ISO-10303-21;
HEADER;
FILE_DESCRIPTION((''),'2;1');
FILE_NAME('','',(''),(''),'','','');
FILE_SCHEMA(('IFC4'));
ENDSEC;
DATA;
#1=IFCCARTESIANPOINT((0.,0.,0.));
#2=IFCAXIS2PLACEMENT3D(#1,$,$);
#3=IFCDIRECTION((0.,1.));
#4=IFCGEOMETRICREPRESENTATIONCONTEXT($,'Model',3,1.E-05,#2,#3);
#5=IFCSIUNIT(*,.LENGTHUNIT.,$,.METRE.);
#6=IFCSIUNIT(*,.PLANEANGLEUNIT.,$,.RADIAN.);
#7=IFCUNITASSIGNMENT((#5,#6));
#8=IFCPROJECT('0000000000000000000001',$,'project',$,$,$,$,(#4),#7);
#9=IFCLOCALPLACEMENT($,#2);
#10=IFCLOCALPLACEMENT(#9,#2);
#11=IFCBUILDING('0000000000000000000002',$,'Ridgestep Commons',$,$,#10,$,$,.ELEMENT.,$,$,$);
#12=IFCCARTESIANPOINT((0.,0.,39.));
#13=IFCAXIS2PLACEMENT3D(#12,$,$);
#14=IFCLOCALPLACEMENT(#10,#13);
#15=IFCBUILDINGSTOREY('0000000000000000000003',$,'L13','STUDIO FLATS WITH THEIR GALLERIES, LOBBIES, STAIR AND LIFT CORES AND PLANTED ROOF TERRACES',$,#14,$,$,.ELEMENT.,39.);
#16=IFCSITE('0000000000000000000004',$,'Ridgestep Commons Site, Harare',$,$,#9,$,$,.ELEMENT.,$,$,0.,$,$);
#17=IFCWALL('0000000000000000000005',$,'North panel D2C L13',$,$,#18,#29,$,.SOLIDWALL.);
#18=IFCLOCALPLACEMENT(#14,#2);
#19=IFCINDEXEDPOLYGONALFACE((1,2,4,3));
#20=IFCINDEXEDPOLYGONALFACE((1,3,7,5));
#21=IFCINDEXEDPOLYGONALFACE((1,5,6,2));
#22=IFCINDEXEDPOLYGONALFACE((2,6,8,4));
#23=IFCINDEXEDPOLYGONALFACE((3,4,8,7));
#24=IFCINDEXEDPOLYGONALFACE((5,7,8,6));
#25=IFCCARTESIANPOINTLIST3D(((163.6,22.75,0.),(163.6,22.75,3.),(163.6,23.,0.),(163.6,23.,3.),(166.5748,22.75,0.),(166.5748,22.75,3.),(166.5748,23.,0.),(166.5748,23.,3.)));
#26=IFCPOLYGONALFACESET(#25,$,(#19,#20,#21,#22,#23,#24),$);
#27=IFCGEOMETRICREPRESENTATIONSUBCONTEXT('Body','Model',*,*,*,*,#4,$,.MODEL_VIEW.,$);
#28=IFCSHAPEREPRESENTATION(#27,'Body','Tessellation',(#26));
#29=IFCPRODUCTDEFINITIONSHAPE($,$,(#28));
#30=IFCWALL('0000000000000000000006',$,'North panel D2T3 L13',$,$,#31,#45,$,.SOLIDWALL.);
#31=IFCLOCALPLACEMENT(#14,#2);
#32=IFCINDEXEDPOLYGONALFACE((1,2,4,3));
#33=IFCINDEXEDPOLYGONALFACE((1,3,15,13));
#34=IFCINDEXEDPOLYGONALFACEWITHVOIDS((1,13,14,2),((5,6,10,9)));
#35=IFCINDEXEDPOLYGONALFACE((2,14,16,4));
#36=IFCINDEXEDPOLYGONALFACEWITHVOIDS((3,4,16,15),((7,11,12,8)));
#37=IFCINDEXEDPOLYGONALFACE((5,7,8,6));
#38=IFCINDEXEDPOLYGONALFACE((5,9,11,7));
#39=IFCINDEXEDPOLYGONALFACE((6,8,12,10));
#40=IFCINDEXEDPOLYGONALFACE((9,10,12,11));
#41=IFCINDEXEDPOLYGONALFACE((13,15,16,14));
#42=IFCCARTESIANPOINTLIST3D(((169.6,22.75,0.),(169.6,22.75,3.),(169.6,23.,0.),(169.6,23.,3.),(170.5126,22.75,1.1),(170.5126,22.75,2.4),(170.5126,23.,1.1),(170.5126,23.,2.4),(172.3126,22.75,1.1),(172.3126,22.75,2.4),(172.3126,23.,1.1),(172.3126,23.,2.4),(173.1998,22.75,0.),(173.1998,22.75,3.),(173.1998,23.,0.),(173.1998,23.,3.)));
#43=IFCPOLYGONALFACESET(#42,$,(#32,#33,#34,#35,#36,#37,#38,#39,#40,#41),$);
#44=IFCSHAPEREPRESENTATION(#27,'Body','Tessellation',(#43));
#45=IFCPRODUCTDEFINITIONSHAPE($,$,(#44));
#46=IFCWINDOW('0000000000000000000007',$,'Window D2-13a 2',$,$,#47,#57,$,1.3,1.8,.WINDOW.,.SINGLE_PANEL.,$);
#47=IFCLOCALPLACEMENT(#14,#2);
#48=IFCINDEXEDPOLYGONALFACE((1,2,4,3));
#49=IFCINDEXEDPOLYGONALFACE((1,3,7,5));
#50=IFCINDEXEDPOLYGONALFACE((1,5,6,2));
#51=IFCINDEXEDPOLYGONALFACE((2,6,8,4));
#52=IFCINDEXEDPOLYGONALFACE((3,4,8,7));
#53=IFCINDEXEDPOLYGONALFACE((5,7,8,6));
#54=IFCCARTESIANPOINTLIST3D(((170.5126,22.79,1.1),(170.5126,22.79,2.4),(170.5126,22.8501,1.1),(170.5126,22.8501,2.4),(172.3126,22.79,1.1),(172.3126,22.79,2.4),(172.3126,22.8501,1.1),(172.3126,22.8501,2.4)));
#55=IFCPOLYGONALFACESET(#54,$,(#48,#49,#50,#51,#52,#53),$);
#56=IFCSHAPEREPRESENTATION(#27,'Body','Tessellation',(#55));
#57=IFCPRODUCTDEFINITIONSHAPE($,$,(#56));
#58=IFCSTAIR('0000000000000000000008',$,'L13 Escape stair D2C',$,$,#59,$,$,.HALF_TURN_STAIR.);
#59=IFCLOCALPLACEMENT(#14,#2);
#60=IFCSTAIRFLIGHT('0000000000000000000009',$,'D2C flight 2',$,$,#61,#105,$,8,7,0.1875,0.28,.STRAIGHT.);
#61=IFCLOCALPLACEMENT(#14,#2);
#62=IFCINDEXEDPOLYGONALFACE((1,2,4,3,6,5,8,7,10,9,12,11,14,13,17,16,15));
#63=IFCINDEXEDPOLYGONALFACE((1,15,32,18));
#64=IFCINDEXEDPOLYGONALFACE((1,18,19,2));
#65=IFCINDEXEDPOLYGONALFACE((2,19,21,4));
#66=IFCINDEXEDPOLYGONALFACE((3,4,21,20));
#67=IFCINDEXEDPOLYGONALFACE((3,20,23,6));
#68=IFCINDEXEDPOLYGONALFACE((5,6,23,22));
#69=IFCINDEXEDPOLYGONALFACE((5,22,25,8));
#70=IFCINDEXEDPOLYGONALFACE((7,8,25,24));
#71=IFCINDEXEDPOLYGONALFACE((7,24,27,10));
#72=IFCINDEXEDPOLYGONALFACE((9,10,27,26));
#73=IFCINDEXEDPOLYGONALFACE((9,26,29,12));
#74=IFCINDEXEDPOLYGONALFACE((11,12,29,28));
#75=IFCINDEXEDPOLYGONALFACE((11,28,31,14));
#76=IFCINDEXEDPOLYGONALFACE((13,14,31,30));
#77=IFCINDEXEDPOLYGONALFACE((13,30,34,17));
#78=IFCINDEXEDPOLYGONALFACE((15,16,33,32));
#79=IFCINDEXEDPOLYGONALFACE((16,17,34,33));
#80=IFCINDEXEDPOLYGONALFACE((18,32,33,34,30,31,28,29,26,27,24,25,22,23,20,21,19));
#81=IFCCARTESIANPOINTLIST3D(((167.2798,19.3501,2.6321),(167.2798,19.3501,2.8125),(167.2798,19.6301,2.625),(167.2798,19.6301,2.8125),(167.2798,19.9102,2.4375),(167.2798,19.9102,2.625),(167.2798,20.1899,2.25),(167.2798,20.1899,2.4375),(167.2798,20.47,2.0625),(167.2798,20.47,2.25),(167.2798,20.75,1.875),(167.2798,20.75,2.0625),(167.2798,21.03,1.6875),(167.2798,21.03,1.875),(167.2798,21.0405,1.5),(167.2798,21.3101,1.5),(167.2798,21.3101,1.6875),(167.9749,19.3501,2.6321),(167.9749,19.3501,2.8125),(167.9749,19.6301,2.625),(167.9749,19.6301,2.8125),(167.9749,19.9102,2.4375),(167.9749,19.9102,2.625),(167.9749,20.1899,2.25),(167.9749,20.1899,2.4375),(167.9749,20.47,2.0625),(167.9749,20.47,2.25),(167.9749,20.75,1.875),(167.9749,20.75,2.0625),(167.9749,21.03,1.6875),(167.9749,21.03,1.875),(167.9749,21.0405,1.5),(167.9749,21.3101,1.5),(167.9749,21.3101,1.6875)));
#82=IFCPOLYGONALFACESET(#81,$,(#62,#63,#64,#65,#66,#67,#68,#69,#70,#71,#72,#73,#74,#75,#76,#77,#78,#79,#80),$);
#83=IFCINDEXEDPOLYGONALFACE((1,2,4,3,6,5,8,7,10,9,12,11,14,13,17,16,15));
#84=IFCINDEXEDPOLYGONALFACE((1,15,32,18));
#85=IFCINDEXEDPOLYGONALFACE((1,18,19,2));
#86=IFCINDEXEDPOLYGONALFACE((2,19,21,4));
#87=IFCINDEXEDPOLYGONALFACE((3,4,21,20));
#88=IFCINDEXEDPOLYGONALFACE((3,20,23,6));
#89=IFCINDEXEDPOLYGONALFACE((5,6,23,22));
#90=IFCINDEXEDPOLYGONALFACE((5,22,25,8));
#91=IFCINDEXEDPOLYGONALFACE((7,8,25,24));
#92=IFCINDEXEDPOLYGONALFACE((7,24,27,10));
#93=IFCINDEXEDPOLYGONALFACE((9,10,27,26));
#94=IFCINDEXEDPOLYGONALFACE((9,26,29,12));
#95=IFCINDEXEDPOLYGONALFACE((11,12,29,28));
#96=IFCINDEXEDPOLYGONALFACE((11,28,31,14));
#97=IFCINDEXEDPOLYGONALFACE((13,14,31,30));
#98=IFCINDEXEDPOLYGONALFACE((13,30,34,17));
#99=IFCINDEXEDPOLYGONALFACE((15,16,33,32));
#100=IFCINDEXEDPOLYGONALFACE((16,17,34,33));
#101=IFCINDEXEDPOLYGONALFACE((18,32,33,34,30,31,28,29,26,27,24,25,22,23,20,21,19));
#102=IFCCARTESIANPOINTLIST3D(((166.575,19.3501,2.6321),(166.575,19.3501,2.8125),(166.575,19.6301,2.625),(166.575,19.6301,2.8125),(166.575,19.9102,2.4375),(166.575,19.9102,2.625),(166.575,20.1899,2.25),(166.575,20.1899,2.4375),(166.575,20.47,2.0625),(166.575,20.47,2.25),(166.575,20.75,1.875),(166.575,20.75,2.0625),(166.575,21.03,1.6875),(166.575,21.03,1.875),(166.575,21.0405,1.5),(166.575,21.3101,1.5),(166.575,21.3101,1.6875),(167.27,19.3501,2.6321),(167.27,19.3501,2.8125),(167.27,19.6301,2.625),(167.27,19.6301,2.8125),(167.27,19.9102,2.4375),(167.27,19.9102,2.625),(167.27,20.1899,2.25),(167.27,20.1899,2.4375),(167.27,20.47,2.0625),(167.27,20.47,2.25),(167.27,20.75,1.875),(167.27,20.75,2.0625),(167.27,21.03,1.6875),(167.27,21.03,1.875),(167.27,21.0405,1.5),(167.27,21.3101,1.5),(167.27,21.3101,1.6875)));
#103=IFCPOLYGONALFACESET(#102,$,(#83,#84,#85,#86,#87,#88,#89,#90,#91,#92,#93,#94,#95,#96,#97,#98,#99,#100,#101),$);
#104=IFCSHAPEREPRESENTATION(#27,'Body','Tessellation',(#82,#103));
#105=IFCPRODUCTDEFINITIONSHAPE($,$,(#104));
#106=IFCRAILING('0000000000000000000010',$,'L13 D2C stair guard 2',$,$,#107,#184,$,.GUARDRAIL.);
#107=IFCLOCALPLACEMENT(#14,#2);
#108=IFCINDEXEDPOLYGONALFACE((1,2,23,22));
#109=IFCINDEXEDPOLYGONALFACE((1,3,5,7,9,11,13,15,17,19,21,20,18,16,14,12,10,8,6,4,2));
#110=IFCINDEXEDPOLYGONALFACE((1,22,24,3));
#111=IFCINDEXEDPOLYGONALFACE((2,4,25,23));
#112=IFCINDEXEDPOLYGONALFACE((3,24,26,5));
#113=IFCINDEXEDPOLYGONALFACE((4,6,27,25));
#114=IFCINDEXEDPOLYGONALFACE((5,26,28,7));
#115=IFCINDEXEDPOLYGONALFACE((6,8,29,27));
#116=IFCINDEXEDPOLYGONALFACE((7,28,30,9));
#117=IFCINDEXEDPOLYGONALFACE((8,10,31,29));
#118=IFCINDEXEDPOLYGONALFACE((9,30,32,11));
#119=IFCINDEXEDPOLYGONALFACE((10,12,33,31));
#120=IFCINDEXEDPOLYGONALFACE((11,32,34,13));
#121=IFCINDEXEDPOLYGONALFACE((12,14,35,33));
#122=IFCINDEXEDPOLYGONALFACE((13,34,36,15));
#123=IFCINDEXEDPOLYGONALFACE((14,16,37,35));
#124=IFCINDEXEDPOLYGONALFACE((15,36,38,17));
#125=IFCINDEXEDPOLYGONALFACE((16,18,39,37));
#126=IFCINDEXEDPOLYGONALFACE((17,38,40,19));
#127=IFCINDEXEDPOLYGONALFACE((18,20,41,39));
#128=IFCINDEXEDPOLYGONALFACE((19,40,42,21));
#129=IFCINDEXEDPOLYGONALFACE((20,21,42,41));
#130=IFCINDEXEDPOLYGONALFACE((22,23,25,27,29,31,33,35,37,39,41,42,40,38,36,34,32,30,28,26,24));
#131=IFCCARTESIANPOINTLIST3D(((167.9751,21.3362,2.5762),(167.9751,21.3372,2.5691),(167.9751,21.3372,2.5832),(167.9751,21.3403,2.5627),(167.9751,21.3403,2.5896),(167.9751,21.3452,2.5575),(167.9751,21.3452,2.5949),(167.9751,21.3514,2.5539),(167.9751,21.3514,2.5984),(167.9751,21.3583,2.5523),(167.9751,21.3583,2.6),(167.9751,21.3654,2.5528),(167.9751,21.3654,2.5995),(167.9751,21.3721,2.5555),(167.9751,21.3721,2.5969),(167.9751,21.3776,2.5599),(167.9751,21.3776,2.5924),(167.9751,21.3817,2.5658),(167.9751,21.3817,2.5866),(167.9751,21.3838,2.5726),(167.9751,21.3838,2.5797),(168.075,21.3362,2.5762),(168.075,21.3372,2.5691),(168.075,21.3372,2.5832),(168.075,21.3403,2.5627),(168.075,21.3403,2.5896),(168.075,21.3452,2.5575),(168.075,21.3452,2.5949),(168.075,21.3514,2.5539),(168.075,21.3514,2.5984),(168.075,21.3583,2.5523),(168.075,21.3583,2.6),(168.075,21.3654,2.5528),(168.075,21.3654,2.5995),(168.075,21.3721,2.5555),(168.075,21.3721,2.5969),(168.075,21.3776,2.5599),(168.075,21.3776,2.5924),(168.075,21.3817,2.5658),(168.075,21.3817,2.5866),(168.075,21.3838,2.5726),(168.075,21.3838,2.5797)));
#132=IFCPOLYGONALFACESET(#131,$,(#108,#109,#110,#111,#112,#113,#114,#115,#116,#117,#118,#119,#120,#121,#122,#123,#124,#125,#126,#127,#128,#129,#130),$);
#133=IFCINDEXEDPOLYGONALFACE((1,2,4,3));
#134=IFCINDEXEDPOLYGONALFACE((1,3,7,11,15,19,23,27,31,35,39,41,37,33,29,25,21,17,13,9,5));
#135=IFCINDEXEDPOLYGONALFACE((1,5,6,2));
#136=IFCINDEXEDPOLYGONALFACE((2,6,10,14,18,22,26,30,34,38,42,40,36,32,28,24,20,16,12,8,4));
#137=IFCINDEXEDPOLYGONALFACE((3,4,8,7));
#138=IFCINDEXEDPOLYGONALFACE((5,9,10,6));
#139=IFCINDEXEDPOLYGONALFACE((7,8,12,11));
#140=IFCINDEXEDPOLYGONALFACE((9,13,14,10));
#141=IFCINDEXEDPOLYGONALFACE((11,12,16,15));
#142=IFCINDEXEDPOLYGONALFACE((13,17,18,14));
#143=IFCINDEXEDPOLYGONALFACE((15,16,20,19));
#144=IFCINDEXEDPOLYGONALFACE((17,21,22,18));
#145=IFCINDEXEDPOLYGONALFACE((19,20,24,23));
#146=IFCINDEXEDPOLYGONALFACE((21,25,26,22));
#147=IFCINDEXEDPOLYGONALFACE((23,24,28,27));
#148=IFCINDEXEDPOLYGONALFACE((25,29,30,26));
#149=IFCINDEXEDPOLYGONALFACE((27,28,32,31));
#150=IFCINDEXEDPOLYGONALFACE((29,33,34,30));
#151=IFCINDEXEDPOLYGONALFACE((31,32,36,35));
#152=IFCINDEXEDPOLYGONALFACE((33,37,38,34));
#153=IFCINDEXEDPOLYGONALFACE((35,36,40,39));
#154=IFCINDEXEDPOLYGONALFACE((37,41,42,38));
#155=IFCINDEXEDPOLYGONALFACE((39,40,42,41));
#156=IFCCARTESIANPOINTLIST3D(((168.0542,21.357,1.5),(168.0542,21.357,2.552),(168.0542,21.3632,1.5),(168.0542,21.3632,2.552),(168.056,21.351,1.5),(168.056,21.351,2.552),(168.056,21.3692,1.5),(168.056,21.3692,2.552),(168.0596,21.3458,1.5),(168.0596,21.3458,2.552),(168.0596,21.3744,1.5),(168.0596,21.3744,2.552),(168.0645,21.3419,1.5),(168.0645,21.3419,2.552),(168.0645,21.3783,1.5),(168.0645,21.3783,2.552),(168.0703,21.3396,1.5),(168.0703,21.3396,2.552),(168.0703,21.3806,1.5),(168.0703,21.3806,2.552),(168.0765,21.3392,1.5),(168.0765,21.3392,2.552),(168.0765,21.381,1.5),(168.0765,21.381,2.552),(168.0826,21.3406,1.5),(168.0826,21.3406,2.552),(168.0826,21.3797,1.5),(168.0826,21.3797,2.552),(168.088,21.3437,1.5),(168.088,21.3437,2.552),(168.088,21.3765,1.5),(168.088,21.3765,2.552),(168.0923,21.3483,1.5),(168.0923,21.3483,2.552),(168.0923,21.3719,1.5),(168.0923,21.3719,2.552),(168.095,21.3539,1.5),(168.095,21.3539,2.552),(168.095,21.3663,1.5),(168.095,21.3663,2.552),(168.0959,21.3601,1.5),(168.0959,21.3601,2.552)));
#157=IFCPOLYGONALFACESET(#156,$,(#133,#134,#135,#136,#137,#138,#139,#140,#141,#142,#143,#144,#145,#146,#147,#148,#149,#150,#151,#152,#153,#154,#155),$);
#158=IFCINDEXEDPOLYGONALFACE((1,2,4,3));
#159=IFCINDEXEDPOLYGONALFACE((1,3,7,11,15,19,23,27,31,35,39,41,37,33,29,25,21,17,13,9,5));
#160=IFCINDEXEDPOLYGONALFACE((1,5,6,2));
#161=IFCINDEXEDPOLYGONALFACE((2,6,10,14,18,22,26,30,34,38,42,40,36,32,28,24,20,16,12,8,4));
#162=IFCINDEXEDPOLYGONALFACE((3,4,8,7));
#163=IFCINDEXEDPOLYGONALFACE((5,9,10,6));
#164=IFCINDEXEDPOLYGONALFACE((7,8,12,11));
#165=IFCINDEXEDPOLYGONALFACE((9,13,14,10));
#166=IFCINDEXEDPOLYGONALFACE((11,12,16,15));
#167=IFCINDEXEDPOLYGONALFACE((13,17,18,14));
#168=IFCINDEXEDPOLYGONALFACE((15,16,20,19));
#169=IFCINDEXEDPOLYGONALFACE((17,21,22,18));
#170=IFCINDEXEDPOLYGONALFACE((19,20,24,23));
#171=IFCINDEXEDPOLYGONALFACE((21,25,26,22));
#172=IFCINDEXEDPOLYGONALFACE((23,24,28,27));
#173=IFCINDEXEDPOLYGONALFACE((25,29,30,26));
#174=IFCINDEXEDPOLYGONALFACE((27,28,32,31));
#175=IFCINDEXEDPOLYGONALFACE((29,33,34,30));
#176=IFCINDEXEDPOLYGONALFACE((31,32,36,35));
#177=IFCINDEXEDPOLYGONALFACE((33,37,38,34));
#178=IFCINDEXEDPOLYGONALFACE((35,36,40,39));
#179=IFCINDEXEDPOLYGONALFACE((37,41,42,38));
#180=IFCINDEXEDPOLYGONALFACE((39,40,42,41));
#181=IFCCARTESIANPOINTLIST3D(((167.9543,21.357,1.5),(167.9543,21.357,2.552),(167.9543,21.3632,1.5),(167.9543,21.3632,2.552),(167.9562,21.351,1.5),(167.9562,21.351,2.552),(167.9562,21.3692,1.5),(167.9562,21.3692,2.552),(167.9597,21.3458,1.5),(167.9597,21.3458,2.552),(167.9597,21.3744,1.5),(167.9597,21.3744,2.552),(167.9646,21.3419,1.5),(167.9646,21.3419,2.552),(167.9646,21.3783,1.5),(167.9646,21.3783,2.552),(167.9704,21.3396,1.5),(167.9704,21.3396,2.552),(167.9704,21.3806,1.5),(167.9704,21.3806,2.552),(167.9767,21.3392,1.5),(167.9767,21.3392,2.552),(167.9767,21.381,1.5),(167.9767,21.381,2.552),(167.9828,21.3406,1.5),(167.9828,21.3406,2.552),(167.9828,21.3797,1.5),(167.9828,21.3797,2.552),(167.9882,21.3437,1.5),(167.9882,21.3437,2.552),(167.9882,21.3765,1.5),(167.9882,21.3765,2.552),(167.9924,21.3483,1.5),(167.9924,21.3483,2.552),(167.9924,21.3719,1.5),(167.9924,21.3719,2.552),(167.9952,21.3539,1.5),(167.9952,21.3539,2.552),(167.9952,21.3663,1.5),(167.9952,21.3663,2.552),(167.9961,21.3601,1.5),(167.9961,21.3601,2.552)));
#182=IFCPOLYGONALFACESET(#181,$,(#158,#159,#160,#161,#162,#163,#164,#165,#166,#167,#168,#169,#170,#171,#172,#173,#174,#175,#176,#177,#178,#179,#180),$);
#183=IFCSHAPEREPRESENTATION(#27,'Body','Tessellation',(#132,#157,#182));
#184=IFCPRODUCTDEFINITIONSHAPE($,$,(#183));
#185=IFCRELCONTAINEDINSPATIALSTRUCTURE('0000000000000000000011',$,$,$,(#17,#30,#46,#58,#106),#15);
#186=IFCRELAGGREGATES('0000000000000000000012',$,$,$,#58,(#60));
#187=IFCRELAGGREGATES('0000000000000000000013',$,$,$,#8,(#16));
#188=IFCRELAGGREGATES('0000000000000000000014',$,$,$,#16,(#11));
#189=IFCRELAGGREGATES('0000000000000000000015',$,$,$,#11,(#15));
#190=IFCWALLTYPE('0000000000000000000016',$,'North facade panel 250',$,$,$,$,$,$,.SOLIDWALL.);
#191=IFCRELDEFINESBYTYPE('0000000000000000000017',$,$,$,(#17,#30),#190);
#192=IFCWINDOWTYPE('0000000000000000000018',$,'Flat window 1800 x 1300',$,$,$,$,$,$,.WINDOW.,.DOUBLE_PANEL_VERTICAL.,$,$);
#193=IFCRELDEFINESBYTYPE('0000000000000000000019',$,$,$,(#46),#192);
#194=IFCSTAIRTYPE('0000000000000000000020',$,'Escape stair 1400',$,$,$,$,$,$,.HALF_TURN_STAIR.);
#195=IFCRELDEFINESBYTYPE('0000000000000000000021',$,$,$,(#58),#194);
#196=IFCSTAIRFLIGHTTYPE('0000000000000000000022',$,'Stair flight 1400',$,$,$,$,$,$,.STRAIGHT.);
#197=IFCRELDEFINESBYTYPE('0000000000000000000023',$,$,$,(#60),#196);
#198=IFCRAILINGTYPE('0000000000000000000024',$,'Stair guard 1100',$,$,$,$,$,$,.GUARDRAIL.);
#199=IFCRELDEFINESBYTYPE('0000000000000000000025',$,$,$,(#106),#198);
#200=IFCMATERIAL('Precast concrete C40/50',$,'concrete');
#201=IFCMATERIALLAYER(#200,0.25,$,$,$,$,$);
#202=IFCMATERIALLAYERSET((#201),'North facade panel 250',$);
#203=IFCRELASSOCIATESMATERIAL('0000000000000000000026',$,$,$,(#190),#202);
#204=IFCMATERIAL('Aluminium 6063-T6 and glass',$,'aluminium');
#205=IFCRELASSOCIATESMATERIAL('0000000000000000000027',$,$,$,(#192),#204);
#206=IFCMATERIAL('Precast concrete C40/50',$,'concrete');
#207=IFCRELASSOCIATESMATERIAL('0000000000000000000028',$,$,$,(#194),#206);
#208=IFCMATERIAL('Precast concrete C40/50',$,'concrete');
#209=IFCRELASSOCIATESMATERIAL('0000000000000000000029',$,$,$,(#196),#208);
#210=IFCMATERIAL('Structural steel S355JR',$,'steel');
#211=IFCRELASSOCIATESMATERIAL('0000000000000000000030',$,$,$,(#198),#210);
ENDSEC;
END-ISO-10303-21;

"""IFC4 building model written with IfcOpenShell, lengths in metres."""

from ifc_helpers import new_model, si_unit, direction, frame, frame_2d, origin, origin_2d, place, context, subcontext, project, spatial, polyline, rectangle, circle, outline, extrude, material, layer, layer_set, type_object, element, fill, aggregate, save


model = new_model("IFC4")

# Units and contexts
model_context = context("Model", 3, precision=1e-05, world=origin(), true_north=direction((0.0, 1.0)))
body_context = subcontext(model_context, "Body", "Model", "MODEL_VIEW")
ifc_project = project(units=[si_unit("LENGTHUNIT", "METRE"), si_unit("PLANEANGLEUNIT", "RADIAN")], contexts=[model_context])

# Site, building, storey
site_placement = place(None, origin())
site = spatial("IfcSite", under=ifc_project, at=site_placement, Name="Ridgestep Commons Site, Harare", CompositionType="ELEMENT", RefElevation=0.0)
building_placement = place(site_placement, origin())
building = spatial("IfcBuilding", under=site, at=building_placement, Name="Ridgestep Commons", CompositionType="ELEMENT")
storey_placement = place(building_placement, frame((0.0, 0.0, 39.0)))
storey = spatial("IfcBuildingStorey", under=building, at=storey_placement, Name="L13", Description="STUDIO FLATS WITH THEIR GALLERIES, LOBBIES, STAIR AND LIFT CORES AND PLANTED ROOF TERRACES", CompositionType="ELEMENT", Elevation=39.0)

# Wall
ifc_material_1 = material(Name="Precast concrete C40/50", Category="concrete")
ifc_layer_1 = layer(ifc_material_1, 0.25)
ifc_layer_set_1 = layer_set([ifc_layer_1], Name="North facade panel 250")
wall_type_1 = type_object("IfcWallType", Name="North facade panel 250", PredefinedType="SOLIDWALL", material=ifc_layer_set_1)
wall_1_placement = place(storey_placement, frame((163.6001, 22.875, 0.0), z_axis=(0.0, 0.0, 1.0), x_axis=(1.0, 0.0, 0.0)))
element("IfcWall", 1, at=wall_1_placement, inside=storey, type_object=wall_type_1, Name="North panel D2C L13", PredefinedType="SOLIDWALL", context=body_context, shape_type="SweptSolid", body=[
    extrude(rectangle(XDim=2.9749, YDim=0.25, at=frame_2d((1.4873, 0.0))), origin(), (0.0, 0.0, 1.0), 3.0),
])

# Wall, opening, window
wall_2_placement = place(storey_placement, frame((169.6001, 22.875, 0.0), z_axis=(0.0, 0.0, 1.0), x_axis=(1.0, 0.0, 0.0)))
wall_2 = element("IfcWall", 2, at=wall_2_placement, inside=storey, type_object=wall_type_1, Name="North panel D2T3 L13", PredefinedType="SOLIDWALL", context=body_context, shape_type="SweptSolid", body=[
    extrude(rectangle(XDim=3.5999, YDim=0.25, at=frame_2d((1.7998, 0.0))), origin(), (0.0, 0.0, 1.0), 3.0),
])
opening_placement = place(wall_2_placement, frame((0.9126, 0.0, 1.1001)))
opening = element("IfcOpeningElement", 3, at=opening_placement, cuts=wall_2, PredefinedType="OPENING", context=body_context, shape_type="SweptSolid", body=[
    extrude(rectangle(XDim=1.8, YDim=1.3, at=frame_2d((0.8999, 0.6499))), frame((0.0, 0.135, 0.0), z_axis=(0.0, -1.0, 0.0), x_axis=(1.0, 0.0, 0.0)), (0.0, 0.0, 1.0), 0.27),
])
ifc_material_2 = material(Name="Aluminium 6063-T6 and glass", Category="aluminium")
window_type = type_object("IfcWindowType", Name="Flat window 1800 x 1300", PartitioningType="DOUBLE_PANEL_VERTICAL", PredefinedType="WINDOW", material=ifc_material_2)
window_placement = place(opening_placement, origin())
window = element("IfcWindow", 4, at=window_placement, inside=storey, type_object=window_type, Name="Window D2-13a 2", OverallHeight=1.3, OverallWidth=1.8, PartitioningType="SINGLE_PANEL", PredefinedType="WINDOW", context=body_context, shape_type="SweptSolid", body=[
    extrude(rectangle(XDim=1.8, YDim=1.3, at=frame_2d((0.8999, 0.6499))), frame((0.0, -0.0249, 0.0), z_axis=(0.0, -1.0, 0.0), x_axis=(1.0, 0.0, 0.0)), (0.0, 0.0, 1.0), 0.0601),
])
fill(opening, window)

# Stair, stair flight
ifc_material_3 = material(Name="Precast concrete C40/50", Category="concrete")
stair_type = type_object("IfcStairType", Name="Escape stair 1400", PredefinedType="HALF_TURN_STAIR", material=ifc_material_3)
stair_placement = place(storey_placement, origin())
stair = element("IfcStair", 5, at=stair_placement, inside=storey, type_object=stair_type, Name="L13 Escape stair D2C", PredefinedType="HALF_TURN_STAIR")
ifc_material_4 = material(Name="Precast concrete C40/50", Category="concrete")
stair_flight_type = type_object("IfcStairFlightType", Name="Stair flight 1400", PredefinedType="STRAIGHT", material=ifc_material_4)
stair_flight_placement = place(storey_placement, frame((167.2749, 21.3101, 1.5), z_axis=(0.0, 0.0, 1.0), x_axis=(0.0, -1.0, 0.0)))
stair_flight = element("IfcStairFlight", 6, at=stair_flight_placement, type_object=stair_flight_type, Name="D2C flight 2", NumberOfRisers=8, NumberOfTreads=7, PredefinedType="STRAIGHT", RiserHeight=0.1875, TreadLength=0.28, context=body_context, shape_type="SweptSolid", body=[
    extrude(outline(polyline([(0.0, 0.0), (0.0, 0.1875), (0.28, 0.1875), (0.28, 0.375), (0.5601, 0.375), (0.5601, 0.5625), (0.8401, 0.5625), (0.8401, 0.75), (1.1201, 0.75), (1.1201, 0.9375), (1.3999, 0.9375), (1.3999, 1.125), (1.6799, 1.125), (1.6799, 1.3125), (1.96, 1.3125), (1.96, 1.5), (1.96, 1.1321), (0.2695, 0.0), (0.0, 0.0)])), frame((0.0, 0.7, 0.0), z_axis=(0.0, -1.0, 0.0), x_axis=(1.0, 0.0, 0.0)), (0.0, 0.0, 1.0), 0.6951),
    extrude(outline(polyline([(0.0, 0.0), (0.0, 0.1875), (0.28, 0.1875), (0.28, 0.375), (0.5601, 0.375), (0.5601, 0.5625), (0.8401, 0.5625), (0.8401, 0.75), (1.1201, 0.75), (1.1201, 0.9375), (1.3999, 0.9375), (1.3999, 1.125), (1.6799, 1.125), (1.6799, 1.3125), (1.96, 1.3125), (1.96, 1.5), (1.96, 1.1321), (0.2695, 0.0), (0.0, 0.0)])), frame((0.0, -0.0049, 0.0), z_axis=(0.0, -1.0, 0.0), x_axis=(1.0, 0.0, 0.0)), (0.0, 0.0, 1.0), 0.6951),
])
aggregate(stair, [stair_flight])

# Railing
ifc_material_5 = material(Name="Structural steel S355JR", Category="steel")
railing_type_1 = type_object("IfcRailingType", Name="Stair guard 1100", PredefinedType="GUARDRAIL", material=ifc_material_5)
railing_1_placement = place(storey_placement, frame((168.075, 21.3601, 1.5)))
element("IfcRailing", 7, at=railing_1_placement, inside=storey, type_object=railing_type_1, Name="L13 D2C stair guard 2", PredefinedType="GUARDRAIL", context=body_context, shape_type="SweptSolid", body=[
    extrude(circle(Radius=0.0239, at=origin_2d()), frame((0.0, 0.0, 1.0762), z_axis=(-1.0, 0.0, 0.0), x_axis=(0.0, -1.0, 0.0)), (0.0, 0.0, 1.0), 0.0999),
    extrude(circle(Radius=0.021, at=origin_2d()), origin(), (0.0, 0.0, 1.0), 1.052),
    extrude(circle(Radius=0.021, at=origin_2d()), frame((-0.0999, 0.0, 0.0)), (0.0, 0.0, 1.0), 1.052),
])

save(model, "model.ifc")
